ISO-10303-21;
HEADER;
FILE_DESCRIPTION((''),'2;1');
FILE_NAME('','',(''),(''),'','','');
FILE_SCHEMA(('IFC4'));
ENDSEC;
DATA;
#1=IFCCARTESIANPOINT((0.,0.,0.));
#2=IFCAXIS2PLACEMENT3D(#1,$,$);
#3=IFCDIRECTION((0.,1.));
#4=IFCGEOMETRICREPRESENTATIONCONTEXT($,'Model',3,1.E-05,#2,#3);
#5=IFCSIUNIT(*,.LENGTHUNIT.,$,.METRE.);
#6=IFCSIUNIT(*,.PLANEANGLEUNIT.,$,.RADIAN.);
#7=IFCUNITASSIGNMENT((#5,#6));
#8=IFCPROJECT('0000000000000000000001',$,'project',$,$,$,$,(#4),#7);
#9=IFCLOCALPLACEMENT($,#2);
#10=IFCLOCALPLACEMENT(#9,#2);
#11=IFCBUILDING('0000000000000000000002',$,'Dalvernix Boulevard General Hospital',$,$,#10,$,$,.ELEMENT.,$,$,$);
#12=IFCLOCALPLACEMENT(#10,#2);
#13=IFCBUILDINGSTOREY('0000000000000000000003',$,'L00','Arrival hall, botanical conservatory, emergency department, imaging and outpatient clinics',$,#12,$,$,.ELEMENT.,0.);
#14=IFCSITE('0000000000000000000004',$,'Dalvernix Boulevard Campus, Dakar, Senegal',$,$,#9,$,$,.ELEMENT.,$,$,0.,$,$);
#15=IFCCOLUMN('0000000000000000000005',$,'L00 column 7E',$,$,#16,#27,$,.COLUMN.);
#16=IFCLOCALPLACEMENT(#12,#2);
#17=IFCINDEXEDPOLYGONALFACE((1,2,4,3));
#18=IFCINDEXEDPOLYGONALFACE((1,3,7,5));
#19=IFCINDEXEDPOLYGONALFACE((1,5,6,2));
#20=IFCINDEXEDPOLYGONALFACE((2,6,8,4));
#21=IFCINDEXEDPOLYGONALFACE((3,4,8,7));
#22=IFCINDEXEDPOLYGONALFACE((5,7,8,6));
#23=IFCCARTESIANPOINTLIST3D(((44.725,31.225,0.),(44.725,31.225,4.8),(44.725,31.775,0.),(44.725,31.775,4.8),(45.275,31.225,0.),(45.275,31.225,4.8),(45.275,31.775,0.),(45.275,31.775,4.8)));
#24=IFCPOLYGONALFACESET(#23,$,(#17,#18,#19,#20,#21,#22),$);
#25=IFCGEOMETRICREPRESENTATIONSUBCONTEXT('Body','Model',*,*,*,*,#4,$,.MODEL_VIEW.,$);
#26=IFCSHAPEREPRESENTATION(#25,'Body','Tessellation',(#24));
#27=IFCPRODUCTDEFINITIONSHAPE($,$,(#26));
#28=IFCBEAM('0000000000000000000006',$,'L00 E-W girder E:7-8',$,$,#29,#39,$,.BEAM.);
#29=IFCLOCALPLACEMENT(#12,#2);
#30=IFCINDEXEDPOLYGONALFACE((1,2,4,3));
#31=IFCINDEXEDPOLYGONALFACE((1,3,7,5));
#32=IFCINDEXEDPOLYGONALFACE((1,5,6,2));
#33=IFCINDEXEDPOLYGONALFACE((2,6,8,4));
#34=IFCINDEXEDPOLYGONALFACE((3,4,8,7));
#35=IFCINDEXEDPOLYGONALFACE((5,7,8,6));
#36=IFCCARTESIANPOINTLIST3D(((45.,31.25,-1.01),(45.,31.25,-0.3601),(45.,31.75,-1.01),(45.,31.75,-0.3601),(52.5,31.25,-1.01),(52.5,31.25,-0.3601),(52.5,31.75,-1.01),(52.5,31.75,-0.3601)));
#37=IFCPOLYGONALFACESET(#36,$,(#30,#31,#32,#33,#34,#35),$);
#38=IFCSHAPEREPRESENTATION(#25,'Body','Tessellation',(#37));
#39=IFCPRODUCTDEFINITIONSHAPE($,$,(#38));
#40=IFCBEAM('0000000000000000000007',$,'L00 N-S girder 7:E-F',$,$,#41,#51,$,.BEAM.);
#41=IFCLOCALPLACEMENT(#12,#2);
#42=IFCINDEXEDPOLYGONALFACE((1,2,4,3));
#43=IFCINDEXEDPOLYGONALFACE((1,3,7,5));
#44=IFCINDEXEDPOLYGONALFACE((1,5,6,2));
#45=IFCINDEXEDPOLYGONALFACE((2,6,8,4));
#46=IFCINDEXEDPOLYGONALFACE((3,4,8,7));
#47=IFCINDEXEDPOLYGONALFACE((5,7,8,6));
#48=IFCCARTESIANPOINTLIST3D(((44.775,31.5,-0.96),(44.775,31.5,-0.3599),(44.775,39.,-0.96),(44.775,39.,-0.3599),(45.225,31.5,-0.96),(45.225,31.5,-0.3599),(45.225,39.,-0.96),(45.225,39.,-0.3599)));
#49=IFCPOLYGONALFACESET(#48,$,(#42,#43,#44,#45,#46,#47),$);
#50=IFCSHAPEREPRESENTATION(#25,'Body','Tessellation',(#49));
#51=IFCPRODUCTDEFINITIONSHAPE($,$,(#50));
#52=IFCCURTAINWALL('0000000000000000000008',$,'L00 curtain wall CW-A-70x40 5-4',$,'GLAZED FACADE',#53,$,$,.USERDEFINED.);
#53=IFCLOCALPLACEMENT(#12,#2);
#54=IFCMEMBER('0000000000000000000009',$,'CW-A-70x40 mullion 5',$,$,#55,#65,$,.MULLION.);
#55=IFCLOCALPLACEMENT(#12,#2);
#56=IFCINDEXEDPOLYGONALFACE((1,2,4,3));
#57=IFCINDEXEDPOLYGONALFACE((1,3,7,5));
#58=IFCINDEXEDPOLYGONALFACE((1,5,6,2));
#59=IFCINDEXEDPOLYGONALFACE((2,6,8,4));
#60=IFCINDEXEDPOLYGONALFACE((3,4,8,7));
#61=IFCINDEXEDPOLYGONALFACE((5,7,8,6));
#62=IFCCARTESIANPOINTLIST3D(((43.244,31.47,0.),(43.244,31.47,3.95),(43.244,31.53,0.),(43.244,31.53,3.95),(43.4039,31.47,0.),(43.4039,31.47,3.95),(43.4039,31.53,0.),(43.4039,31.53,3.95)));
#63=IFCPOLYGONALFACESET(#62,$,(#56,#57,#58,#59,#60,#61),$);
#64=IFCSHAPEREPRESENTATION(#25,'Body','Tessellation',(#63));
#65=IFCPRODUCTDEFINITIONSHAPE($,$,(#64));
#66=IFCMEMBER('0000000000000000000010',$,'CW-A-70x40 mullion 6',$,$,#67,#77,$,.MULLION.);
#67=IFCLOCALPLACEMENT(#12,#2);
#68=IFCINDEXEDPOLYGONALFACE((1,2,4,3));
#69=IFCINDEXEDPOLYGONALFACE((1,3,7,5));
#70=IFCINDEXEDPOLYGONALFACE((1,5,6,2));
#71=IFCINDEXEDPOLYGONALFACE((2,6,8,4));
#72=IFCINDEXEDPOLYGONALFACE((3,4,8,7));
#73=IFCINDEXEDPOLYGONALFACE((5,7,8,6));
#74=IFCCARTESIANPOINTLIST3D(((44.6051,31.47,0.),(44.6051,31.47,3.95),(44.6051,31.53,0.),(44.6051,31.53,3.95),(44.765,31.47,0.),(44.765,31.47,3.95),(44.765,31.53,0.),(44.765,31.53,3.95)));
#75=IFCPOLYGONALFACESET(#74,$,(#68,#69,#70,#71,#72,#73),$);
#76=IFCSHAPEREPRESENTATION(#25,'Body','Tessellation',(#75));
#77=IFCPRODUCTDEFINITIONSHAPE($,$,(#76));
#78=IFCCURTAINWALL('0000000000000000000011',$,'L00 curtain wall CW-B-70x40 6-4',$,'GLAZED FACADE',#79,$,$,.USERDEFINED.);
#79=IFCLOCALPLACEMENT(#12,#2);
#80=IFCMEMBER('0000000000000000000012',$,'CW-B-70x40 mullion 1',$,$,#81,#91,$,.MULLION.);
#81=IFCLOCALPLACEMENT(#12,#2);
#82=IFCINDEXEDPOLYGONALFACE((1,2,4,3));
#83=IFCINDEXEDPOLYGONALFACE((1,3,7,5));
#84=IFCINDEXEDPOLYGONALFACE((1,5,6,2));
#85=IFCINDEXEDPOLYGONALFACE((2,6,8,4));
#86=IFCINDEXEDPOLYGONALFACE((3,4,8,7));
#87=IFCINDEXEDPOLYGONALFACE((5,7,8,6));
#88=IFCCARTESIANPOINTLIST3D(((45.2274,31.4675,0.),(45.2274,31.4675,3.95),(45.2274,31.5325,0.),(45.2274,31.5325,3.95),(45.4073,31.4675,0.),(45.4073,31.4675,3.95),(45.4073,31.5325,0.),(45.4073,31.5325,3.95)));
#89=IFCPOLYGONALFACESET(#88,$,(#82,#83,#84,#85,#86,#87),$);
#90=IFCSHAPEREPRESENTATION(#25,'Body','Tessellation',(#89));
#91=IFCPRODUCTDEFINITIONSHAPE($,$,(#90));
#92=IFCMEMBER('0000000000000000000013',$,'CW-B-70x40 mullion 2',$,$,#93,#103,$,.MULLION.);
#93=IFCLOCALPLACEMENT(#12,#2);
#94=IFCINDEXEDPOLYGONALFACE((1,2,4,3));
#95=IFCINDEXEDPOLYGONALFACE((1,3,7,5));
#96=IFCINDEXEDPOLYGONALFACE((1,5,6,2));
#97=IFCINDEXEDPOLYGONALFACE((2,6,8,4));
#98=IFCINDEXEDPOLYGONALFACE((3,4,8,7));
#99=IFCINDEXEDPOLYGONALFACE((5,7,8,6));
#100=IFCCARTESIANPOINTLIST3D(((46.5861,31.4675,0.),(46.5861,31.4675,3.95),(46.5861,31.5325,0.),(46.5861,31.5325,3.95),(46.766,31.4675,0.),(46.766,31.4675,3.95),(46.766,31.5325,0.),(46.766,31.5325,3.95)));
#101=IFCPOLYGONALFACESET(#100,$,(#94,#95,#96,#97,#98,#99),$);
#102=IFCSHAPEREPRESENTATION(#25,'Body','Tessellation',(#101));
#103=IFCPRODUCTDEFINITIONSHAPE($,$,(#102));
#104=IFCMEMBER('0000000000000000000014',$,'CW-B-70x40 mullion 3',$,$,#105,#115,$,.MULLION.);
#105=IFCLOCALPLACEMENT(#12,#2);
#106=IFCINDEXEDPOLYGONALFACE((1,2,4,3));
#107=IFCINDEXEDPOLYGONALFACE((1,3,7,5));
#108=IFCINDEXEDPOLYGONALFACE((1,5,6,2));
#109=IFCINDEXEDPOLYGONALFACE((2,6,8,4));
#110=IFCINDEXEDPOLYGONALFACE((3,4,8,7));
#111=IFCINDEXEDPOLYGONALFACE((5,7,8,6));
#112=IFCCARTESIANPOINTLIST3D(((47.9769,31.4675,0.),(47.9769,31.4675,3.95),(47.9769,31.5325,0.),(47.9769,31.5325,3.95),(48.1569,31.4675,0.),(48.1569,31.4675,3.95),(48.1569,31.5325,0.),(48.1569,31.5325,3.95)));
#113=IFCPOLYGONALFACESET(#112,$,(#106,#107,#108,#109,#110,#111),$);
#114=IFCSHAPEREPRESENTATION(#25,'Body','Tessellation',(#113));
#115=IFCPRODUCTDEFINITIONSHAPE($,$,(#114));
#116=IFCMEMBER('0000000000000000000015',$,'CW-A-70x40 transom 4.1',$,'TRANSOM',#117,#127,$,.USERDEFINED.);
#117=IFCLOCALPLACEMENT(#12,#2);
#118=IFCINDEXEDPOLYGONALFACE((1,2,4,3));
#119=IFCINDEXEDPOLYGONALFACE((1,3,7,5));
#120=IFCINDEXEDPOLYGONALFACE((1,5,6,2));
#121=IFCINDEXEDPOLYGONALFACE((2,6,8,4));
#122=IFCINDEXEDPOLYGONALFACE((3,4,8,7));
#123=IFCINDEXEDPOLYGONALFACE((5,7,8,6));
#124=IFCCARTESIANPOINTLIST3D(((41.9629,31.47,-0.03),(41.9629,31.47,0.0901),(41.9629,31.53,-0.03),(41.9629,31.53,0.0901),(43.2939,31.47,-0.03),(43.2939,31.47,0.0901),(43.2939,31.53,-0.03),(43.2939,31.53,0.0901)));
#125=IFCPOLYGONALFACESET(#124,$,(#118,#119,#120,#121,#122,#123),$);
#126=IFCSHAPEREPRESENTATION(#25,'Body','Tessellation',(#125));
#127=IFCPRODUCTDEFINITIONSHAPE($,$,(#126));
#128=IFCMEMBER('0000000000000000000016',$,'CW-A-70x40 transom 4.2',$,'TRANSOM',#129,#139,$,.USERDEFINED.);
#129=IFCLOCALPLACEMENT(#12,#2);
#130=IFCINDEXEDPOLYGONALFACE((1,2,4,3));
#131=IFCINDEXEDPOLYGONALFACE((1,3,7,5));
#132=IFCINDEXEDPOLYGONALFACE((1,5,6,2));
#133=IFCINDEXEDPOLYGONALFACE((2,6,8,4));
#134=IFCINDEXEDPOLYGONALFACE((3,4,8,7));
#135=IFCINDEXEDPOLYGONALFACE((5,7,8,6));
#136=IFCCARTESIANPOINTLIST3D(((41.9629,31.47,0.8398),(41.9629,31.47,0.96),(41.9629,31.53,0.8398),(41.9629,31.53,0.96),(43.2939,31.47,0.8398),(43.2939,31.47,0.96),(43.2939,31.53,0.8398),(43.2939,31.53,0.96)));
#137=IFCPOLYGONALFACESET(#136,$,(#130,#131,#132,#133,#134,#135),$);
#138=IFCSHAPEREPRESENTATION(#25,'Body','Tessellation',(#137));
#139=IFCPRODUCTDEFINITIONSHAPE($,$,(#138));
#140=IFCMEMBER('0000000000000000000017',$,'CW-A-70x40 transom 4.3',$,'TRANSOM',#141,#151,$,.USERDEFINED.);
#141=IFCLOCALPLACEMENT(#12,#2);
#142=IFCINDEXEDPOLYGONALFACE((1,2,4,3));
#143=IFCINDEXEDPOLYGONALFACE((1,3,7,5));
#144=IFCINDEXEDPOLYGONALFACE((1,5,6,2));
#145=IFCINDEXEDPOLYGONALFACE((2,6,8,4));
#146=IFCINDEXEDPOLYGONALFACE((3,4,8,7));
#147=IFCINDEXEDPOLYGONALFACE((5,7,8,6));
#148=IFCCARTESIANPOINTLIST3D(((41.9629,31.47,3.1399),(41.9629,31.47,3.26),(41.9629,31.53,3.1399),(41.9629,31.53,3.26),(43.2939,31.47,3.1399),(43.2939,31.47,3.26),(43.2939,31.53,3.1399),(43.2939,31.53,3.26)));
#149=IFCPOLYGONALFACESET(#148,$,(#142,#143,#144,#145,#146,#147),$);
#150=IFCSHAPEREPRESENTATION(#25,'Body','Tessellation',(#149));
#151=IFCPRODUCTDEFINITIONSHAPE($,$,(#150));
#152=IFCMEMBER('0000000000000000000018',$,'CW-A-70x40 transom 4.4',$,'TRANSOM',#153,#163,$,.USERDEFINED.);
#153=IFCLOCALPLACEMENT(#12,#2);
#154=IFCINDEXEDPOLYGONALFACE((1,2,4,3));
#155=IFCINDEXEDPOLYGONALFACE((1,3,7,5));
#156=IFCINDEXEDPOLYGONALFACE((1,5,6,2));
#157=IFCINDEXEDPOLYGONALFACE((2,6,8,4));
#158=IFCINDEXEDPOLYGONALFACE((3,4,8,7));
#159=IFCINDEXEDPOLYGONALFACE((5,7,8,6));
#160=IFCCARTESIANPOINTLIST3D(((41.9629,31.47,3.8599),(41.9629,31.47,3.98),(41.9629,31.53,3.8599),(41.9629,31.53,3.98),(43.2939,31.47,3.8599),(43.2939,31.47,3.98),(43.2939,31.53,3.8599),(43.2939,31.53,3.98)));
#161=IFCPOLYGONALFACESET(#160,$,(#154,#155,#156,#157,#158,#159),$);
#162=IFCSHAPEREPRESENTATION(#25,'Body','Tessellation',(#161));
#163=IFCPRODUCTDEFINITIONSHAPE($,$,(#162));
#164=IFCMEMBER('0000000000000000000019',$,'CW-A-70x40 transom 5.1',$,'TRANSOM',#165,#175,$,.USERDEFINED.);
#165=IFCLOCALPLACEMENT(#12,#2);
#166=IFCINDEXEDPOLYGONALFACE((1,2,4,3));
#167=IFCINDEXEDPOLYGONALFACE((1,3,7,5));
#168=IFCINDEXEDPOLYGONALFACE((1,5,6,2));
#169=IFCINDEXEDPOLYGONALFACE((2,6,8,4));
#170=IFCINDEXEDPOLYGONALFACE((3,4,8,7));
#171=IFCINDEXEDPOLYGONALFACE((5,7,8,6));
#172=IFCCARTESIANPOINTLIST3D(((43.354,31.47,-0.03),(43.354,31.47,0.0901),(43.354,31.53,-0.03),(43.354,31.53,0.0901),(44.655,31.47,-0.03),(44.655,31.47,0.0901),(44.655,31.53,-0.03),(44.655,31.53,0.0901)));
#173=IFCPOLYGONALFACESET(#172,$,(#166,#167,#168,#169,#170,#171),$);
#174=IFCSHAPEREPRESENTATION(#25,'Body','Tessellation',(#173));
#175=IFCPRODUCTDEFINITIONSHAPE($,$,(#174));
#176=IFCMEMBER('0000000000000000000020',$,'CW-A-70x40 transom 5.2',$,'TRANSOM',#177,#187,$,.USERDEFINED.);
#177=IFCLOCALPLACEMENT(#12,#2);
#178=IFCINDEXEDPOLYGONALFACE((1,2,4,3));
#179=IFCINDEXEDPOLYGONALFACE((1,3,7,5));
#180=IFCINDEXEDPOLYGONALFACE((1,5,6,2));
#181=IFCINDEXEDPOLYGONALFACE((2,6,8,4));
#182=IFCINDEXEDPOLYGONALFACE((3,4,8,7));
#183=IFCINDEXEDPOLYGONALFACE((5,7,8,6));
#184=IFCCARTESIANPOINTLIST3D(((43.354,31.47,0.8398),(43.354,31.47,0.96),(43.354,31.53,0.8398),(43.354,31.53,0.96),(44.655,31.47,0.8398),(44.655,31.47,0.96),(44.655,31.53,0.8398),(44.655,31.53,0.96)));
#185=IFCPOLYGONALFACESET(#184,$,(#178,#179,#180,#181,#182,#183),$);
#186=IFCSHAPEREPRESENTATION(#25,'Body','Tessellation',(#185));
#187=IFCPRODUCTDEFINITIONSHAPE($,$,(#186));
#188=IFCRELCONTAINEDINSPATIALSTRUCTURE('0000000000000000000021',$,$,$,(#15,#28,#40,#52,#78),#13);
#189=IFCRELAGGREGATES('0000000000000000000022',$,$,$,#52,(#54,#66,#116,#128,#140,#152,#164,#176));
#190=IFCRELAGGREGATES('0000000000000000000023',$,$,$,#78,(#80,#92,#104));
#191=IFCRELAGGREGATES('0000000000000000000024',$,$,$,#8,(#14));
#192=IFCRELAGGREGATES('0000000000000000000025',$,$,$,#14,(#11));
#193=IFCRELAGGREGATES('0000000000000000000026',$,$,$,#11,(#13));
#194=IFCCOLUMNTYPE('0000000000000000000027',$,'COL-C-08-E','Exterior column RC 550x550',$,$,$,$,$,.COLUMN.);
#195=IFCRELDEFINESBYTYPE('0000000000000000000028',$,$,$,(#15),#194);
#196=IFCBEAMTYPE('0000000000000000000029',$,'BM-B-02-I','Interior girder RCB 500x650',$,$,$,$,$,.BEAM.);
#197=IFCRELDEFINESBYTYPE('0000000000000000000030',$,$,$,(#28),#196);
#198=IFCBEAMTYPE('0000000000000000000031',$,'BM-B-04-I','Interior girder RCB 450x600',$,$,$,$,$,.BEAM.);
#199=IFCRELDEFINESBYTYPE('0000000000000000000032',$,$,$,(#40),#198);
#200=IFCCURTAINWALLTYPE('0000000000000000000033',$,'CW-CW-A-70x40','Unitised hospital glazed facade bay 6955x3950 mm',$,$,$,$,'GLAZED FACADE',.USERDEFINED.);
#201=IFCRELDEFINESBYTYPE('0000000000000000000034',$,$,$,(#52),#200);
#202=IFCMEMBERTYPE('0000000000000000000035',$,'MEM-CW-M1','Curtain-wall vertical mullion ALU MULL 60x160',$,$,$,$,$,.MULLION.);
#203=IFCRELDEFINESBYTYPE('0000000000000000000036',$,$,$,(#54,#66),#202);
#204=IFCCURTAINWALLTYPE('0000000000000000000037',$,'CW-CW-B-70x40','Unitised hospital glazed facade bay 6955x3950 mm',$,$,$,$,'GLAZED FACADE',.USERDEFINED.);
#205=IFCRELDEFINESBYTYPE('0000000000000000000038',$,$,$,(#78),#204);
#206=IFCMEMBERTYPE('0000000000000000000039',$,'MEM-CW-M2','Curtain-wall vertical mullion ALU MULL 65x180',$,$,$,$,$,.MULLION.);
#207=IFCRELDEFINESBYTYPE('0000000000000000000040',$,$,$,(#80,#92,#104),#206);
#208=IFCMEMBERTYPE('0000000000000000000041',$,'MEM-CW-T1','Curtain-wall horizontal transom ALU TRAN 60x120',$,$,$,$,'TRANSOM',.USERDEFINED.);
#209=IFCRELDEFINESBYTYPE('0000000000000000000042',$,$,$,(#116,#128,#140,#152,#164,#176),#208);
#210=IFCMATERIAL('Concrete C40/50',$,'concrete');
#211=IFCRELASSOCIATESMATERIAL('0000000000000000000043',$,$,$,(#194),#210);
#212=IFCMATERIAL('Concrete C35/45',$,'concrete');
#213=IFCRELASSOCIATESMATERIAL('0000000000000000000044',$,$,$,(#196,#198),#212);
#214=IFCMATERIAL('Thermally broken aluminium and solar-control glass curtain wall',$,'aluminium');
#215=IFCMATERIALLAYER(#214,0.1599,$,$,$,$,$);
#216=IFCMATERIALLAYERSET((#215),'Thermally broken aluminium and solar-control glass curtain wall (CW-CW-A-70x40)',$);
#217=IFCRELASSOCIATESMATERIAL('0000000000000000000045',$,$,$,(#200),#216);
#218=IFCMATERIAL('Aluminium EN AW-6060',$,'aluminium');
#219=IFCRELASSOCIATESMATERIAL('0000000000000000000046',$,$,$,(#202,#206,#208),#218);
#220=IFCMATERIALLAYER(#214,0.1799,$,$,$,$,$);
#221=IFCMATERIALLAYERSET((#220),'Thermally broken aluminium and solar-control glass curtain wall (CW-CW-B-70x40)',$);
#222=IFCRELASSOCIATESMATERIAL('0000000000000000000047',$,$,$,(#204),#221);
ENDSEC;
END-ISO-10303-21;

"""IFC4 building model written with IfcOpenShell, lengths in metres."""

from ifc_helpers import new_model, si_unit, direction, frame, origin, origin_2d, place, context, subcontext, project, spatial, rectangle, extrude, material, layer, layer_set, material_profile, profile_set, type_object, element, aggregate, save


model = new_model("IFC4")

# Units and contexts
model_context = context("Model", 3, precision=1e-05, world=origin(), true_north=direction((0.0, 1.0)))
body_context = subcontext(model_context, "Body", "Model", "MODEL_VIEW")
ifc_project = project(units=[si_unit("LENGTHUNIT", "METRE"), si_unit("PLANEANGLEUNIT", "RADIAN")], contexts=[model_context])

# Site, building, storey
site_placement = place(None, origin())
site = spatial("IfcSite", under=ifc_project, at=site_placement, Name="Dalvernix Boulevard Campus, Dakar, Senegal", CompositionType="ELEMENT", RefElevation=0.0)
building_placement = place(site_placement, origin())
building = spatial("IfcBuilding", under=site, at=building_placement, Name="Dalvernix Boulevard General Hospital", CompositionType="ELEMENT")
storey_placement = place(building_placement, origin())
storey = spatial("IfcBuildingStorey", under=building, at=storey_placement, Name="L00", Description="Arrival hall, botanical conservatory, emergency department, imaging and outpatient clinics", CompositionType="ELEMENT", Elevation=0.0)

# Column
ifc_material_1 = material(Name="Concrete C40/50", Category="concrete")
ifc_material_profile_1 = material_profile(ifc_material_1, rectangle(XDim=0.55, YDim=0.55, at=origin_2d()), Name="RC 550x550")
ifc_profile_set_1 = profile_set([ifc_material_profile_1], Name="Concrete C40/50")
column_type = type_object("IfcColumnType", Name="COL-C-08-E", Description="Exterior column RC 550x550", PredefinedType="COLUMN", material=ifc_profile_set_1)
column_placement = place(storey_placement, frame((45.0, 31.5, 0.0), z_axis=(0.0, 0.0, 1.0), x_axis=(1.0, 0.0, 0.0)))
element("IfcColumn", 1, at=column_placement, inside=storey, type_object=column_type, Name="L00 column 7E", PredefinedType="COLUMN", context=body_context, shape_type="SweptSolid", body=[
    extrude(rectangle(XDim=0.55, YDim=0.55, at=origin_2d()), origin(), (0.0, 0.0, 1.0), 4.8),
])

# Beams
ifc_material_2 = material(Name="Concrete C35/45", Category="concrete")
ifc_material_profile_2 = material_profile(ifc_material_2, rectangle(XDim=0.5, YDim=0.6499, at=origin_2d()), Name="RCB 500x650")
ifc_profile_set_2 = profile_set([ifc_material_profile_2], Name="Concrete C35/45")
beam_type_1 = type_object("IfcBeamType", Name="BM-B-02-I", Description="Interior girder RCB 500x650", PredefinedType="BEAM", material=ifc_profile_set_2)
beam_1_placement = place(storey_placement, frame((45.0, 31.5, -0.6851), z_axis=(1.0, 0.0, 0.0), x_axis=(0.0, 1.0, 0.0)))
element("IfcBeam", 2, at=beam_1_placement, inside=storey, type_object=beam_type_1, Name="L00 E-W girder E:7-8", PredefinedType="BEAM", context=body_context, shape_type="SweptSolid", body=[
    extrude(rectangle(XDim=0.5, YDim=0.6499, at=origin_2d()), origin(), (0.0, 0.0, 1.0), 7.5),
])
ifc_material_profile_3 = material_profile(ifc_material_2, rectangle(XDim=0.45, YDim=0.6001, at=origin_2d()), Name="RCB 450x600")
ifc_profile_set_3 = profile_set([ifc_material_profile_3], Name="Concrete C35/45")
beam_type_2 = type_object("IfcBeamType", Name="BM-B-04-I", Description="Interior girder RCB 450x600", PredefinedType="BEAM", material=ifc_profile_set_3)
beam_2_placement = place(storey_placement, frame((45.0, 31.5, -0.6599), z_axis=(0.0, 1.0, 0.0), x_axis=(-1.0, 0.0, 0.0)))
element("IfcBeam", 3, at=beam_2_placement, inside=storey, type_object=beam_type_2, Name="L00 N-S girder 7:E-F", PredefinedType="BEAM", context=body_context, shape_type="SweptSolid", body=[
    extrude(rectangle(XDim=0.45, YDim=0.6001, at=origin_2d()), origin(), (0.0, 0.0, 1.0), 7.5),
])

# Curtain walls, members
ifc_material_3 = material(Name="Thermally broken aluminium and solar-control glass curtain wall", Category="aluminium")
ifc_layer_1 = layer(ifc_material_3, 0.1599)
ifc_layer_set_1 = layer_set([ifc_layer_1], Name="Thermally broken aluminium and solar-control glass curtain wall (CW-CW-A-70x40)")
curtain_wall_type_1 = type_object("IfcCurtainWallType", Name="CW-CW-A-70x40", Description="Unitised hospital glazed facade bay 6955x3950 mm", ElementType="GLAZED FACADE", PredefinedType="USERDEFINED", material=ifc_layer_set_1)
curtain_wall_1_placement = place(storey_placement, origin())
curtain_wall_1 = element("IfcCurtainWall", 4, at=curtain_wall_1_placement, inside=storey, type_object=curtain_wall_type_1, Name="L00 curtain wall CW-A-70x40 5-4", ObjectType="GLAZED FACADE", PredefinedType="USERDEFINED")
ifc_material_4 = material(Name="Aluminium EN AW-6060", Category="aluminium")
ifc_material_profile_4 = material_profile(ifc_material_4, rectangle(XDim=0.0601, YDim=0.1599, at=origin_2d()), Name="ALU MULL 60x160")
ifc_profile_set_4 = profile_set([ifc_material_profile_4], Name="Aluminium EN AW-6060")
member_type_1 = type_object("IfcMemberType", Name="MEM-CW-M1", Description="Curtain-wall vertical mullion ALU MULL 60x160", PredefinedType="MULLION", material=ifc_profile_set_4)
member_1_placement = place(storey_placement, frame((43.324, 31.5, 0.0), z_axis=(0.0, 0.0, 1.0), x_axis=(0.0, 1.0, 0.0)))
member_1 = element("IfcMember", 5, at=member_1_placement, type_object=member_type_1, Name="CW-A-70x40 mullion 5", PredefinedType="MULLION", context=body_context, shape_type="SweptSolid", body=[
    extrude(rectangle(XDim=0.0601, YDim=0.1599, at=origin_2d()), origin(), (0.0, 0.0, 1.0), 3.95),
])
member_2_placement = place(storey_placement, frame((44.6851, 31.5, 0.0), z_axis=(0.0, 0.0, 1.0), x_axis=(0.0, 1.0, 0.0)))
member_2 = element("IfcMember", 6, at=member_2_placement, type_object=member_type_1, Name="CW-A-70x40 mullion 6", PredefinedType="MULLION", context=body_context, shape_type="SweptSolid", body=[
    extrude(rectangle(XDim=0.0601, YDim=0.1599, at=origin_2d()), origin(), (0.0, 0.0, 1.0), 3.95),
])
ifc_layer_2 = layer(ifc_material_3, 0.1799)
ifc_layer_set_2 = layer_set([ifc_layer_2], Name="Thermally broken aluminium and solar-control glass curtain wall (CW-CW-B-70x40)")
curtain_wall_type_2 = type_object("IfcCurtainWallType", Name="CW-CW-B-70x40", Description="Unitised hospital glazed facade bay 6955x3950 mm", ElementType="GLAZED FACADE", PredefinedType="USERDEFINED", material=ifc_layer_set_2)
curtain_wall_2_placement = place(storey_placement, origin())
curtain_wall_2 = element("IfcCurtainWall", 7, at=curtain_wall_2_placement, inside=storey, type_object=curtain_wall_type_2, Name="L00 curtain wall CW-B-70x40 6-4", ObjectType="GLAZED FACADE", PredefinedType="USERDEFINED")
ifc_material_profile_5 = material_profile(ifc_material_4, rectangle(XDim=0.0649, YDim=0.1799, at=origin_2d()), Name="ALU MULL 65x180")
ifc_profile_set_5 = profile_set([ifc_material_profile_5], Name="Aluminium EN AW-6060")
member_type_2 = type_object("IfcMemberType", Name="MEM-CW-M2", Description="Curtain-wall vertical mullion ALU MULL 65x180", PredefinedType="MULLION", material=ifc_profile_set_5)
member_3_placement = place(storey_placement, frame((45.3174, 31.5, 0.0), z_axis=(0.0, 0.0, 1.0), x_axis=(0.0, 1.0, 0.0)))
member_3 = element("IfcMember", 8, at=member_3_placement, type_object=member_type_2, Name="CW-B-70x40 mullion 1", PredefinedType="MULLION", context=body_context, shape_type="SweptSolid", body=[
    extrude(rectangle(XDim=0.0649, YDim=0.1799, at=origin_2d()), origin(), (0.0, 0.0, 1.0), 3.95),
])
member_4_placement = place(storey_placement, frame((46.676, 31.5, 0.0), z_axis=(0.0, 0.0, 1.0), x_axis=(0.0, 1.0, 0.0)))
member_4 = element("IfcMember", 9, at=member_4_placement, type_object=member_type_2, Name="CW-B-70x40 mullion 2", PredefinedType="MULLION", context=body_context, shape_type="SweptSolid", body=[
    extrude(rectangle(XDim=0.0649, YDim=0.1799, at=origin_2d()), origin(), (0.0, 0.0, 1.0), 3.95),
])
member_5_placement = place(storey_placement, frame((48.0669, 31.5, 0.0), z_axis=(0.0, 0.0, 1.0), x_axis=(0.0, 1.0, 0.0)))
member_5 = element("IfcMember", 10, at=member_5_placement, type_object=member_type_2, Name="CW-B-70x40 mullion 3", PredefinedType="MULLION", context=body_context, shape_type="SweptSolid", body=[
    extrude(rectangle(XDim=0.0649, YDim=0.1799, at=origin_2d()), origin(), (0.0, 0.0, 1.0), 3.95),
])

# Members
ifc_material_profile_6 = material_profile(ifc_material_4, rectangle(XDim=0.0601, YDim=0.1201, at=origin_2d()), Name="ALU TRAN 60x120")
ifc_profile_set_6 = profile_set([ifc_material_profile_6], Name="Aluminium EN AW-6060")
member_type_3 = type_object("IfcMemberType", Name="MEM-CW-T1", Description="Curtain-wall horizontal transom ALU TRAN 60x120", ElementType="TRANSOM", PredefinedType="USERDEFINED", material=ifc_profile_set_6)
member_6_placement = place(storey_placement, frame((41.9629, 31.5, 0.03), z_axis=(1.0, 0.0, 0.0), x_axis=(0.0, 1.0, 0.0)))
member_6 = element("IfcMember", 11, at=member_6_placement, type_object=member_type_3, Name="CW-A-70x40 transom 4.1", ObjectType="TRANSOM", PredefinedType="USERDEFINED", context=body_context, shape_type="SweptSolid", body=[
    extrude(rectangle(XDim=0.0601, YDim=0.1201, at=origin_2d()), origin(), (0.0, 0.0, 1.0), 1.3311),
])
member_7_placement = place(storey_placement, frame((41.9629, 31.5, 0.8999), z_axis=(1.0, 0.0, 0.0), x_axis=(0.0, 1.0, 0.0)))
member_7 = element("IfcMember", 12, at=member_7_placement, type_object=member_type_3, Name="CW-A-70x40 transom 4.2", ObjectType="TRANSOM", PredefinedType="USERDEFINED", context=body_context, shape_type="SweptSolid", body=[
    extrude(rectangle(XDim=0.0601, YDim=0.1201, at=origin_2d()), origin(), (0.0, 0.0, 1.0), 1.3311),
])
member_8_placement = place(storey_placement, frame((41.9629, 31.5, 3.2), z_axis=(1.0, 0.0, 0.0), x_axis=(0.0, 1.0, 0.0)))
member_8 = element("IfcMember", 13, at=member_8_placement, type_object=member_type_3, Name="CW-A-70x40 transom 4.3", ObjectType="TRANSOM", PredefinedType="USERDEFINED", context=body_context, shape_type="SweptSolid", body=[
    extrude(rectangle(XDim=0.0601, YDim=0.1201, at=origin_2d()), origin(), (0.0, 0.0, 1.0), 1.3311),
])
member_9_placement = place(storey_placement, frame((41.9629, 31.5, 3.9199), z_axis=(1.0, 0.0, 0.0), x_axis=(0.0, 1.0, 0.0)))
member_9 = element("IfcMember", 14, at=member_9_placement, type_object=member_type_3, Name="CW-A-70x40 transom 4.4", ObjectType="TRANSOM", PredefinedType="USERDEFINED", context=body_context, shape_type="SweptSolid", body=[
    extrude(rectangle(XDim=0.0601, YDim=0.1201, at=origin_2d()), origin(), (0.0, 0.0, 1.0), 1.3311),
])
member_10_placement = place(storey_placement, frame((43.354, 31.5, 0.03), z_axis=(1.0, 0.0, 0.0), x_axis=(0.0, 1.0, 0.0)))
member_10 = element("IfcMember", 15, at=member_10_placement, type_object=member_type_3, Name="CW-A-70x40 transom 5.1", ObjectType="TRANSOM", PredefinedType="USERDEFINED", context=body_context, shape_type="SweptSolid", body=[
    extrude(rectangle(XDim=0.0601, YDim=0.1201, at=origin_2d()), origin(), (0.0, 0.0, 1.0), 1.301),
])
member_11_placement = place(storey_placement, frame((43.354, 31.5, 0.8999), z_axis=(1.0, 0.0, 0.0), x_axis=(0.0, 1.0, 0.0)))
member_11 = element("IfcMember", 16, at=member_11_placement, type_object=member_type_3, Name="CW-A-70x40 transom 5.2", ObjectType="TRANSOM", PredefinedType="USERDEFINED", context=body_context, shape_type="SweptSolid", body=[
    extrude(rectangle(XDim=0.0601, YDim=0.1201, at=origin_2d()), origin(), (0.0, 0.0, 1.0), 1.301),
])

aggregate(curtain_wall_1, [member_1, member_2, member_6, member_7, member_8, member_9, member_10, member_11])
aggregate(curtain_wall_2, [member_3, member_4, member_5])

save(model, "model.ifc")
